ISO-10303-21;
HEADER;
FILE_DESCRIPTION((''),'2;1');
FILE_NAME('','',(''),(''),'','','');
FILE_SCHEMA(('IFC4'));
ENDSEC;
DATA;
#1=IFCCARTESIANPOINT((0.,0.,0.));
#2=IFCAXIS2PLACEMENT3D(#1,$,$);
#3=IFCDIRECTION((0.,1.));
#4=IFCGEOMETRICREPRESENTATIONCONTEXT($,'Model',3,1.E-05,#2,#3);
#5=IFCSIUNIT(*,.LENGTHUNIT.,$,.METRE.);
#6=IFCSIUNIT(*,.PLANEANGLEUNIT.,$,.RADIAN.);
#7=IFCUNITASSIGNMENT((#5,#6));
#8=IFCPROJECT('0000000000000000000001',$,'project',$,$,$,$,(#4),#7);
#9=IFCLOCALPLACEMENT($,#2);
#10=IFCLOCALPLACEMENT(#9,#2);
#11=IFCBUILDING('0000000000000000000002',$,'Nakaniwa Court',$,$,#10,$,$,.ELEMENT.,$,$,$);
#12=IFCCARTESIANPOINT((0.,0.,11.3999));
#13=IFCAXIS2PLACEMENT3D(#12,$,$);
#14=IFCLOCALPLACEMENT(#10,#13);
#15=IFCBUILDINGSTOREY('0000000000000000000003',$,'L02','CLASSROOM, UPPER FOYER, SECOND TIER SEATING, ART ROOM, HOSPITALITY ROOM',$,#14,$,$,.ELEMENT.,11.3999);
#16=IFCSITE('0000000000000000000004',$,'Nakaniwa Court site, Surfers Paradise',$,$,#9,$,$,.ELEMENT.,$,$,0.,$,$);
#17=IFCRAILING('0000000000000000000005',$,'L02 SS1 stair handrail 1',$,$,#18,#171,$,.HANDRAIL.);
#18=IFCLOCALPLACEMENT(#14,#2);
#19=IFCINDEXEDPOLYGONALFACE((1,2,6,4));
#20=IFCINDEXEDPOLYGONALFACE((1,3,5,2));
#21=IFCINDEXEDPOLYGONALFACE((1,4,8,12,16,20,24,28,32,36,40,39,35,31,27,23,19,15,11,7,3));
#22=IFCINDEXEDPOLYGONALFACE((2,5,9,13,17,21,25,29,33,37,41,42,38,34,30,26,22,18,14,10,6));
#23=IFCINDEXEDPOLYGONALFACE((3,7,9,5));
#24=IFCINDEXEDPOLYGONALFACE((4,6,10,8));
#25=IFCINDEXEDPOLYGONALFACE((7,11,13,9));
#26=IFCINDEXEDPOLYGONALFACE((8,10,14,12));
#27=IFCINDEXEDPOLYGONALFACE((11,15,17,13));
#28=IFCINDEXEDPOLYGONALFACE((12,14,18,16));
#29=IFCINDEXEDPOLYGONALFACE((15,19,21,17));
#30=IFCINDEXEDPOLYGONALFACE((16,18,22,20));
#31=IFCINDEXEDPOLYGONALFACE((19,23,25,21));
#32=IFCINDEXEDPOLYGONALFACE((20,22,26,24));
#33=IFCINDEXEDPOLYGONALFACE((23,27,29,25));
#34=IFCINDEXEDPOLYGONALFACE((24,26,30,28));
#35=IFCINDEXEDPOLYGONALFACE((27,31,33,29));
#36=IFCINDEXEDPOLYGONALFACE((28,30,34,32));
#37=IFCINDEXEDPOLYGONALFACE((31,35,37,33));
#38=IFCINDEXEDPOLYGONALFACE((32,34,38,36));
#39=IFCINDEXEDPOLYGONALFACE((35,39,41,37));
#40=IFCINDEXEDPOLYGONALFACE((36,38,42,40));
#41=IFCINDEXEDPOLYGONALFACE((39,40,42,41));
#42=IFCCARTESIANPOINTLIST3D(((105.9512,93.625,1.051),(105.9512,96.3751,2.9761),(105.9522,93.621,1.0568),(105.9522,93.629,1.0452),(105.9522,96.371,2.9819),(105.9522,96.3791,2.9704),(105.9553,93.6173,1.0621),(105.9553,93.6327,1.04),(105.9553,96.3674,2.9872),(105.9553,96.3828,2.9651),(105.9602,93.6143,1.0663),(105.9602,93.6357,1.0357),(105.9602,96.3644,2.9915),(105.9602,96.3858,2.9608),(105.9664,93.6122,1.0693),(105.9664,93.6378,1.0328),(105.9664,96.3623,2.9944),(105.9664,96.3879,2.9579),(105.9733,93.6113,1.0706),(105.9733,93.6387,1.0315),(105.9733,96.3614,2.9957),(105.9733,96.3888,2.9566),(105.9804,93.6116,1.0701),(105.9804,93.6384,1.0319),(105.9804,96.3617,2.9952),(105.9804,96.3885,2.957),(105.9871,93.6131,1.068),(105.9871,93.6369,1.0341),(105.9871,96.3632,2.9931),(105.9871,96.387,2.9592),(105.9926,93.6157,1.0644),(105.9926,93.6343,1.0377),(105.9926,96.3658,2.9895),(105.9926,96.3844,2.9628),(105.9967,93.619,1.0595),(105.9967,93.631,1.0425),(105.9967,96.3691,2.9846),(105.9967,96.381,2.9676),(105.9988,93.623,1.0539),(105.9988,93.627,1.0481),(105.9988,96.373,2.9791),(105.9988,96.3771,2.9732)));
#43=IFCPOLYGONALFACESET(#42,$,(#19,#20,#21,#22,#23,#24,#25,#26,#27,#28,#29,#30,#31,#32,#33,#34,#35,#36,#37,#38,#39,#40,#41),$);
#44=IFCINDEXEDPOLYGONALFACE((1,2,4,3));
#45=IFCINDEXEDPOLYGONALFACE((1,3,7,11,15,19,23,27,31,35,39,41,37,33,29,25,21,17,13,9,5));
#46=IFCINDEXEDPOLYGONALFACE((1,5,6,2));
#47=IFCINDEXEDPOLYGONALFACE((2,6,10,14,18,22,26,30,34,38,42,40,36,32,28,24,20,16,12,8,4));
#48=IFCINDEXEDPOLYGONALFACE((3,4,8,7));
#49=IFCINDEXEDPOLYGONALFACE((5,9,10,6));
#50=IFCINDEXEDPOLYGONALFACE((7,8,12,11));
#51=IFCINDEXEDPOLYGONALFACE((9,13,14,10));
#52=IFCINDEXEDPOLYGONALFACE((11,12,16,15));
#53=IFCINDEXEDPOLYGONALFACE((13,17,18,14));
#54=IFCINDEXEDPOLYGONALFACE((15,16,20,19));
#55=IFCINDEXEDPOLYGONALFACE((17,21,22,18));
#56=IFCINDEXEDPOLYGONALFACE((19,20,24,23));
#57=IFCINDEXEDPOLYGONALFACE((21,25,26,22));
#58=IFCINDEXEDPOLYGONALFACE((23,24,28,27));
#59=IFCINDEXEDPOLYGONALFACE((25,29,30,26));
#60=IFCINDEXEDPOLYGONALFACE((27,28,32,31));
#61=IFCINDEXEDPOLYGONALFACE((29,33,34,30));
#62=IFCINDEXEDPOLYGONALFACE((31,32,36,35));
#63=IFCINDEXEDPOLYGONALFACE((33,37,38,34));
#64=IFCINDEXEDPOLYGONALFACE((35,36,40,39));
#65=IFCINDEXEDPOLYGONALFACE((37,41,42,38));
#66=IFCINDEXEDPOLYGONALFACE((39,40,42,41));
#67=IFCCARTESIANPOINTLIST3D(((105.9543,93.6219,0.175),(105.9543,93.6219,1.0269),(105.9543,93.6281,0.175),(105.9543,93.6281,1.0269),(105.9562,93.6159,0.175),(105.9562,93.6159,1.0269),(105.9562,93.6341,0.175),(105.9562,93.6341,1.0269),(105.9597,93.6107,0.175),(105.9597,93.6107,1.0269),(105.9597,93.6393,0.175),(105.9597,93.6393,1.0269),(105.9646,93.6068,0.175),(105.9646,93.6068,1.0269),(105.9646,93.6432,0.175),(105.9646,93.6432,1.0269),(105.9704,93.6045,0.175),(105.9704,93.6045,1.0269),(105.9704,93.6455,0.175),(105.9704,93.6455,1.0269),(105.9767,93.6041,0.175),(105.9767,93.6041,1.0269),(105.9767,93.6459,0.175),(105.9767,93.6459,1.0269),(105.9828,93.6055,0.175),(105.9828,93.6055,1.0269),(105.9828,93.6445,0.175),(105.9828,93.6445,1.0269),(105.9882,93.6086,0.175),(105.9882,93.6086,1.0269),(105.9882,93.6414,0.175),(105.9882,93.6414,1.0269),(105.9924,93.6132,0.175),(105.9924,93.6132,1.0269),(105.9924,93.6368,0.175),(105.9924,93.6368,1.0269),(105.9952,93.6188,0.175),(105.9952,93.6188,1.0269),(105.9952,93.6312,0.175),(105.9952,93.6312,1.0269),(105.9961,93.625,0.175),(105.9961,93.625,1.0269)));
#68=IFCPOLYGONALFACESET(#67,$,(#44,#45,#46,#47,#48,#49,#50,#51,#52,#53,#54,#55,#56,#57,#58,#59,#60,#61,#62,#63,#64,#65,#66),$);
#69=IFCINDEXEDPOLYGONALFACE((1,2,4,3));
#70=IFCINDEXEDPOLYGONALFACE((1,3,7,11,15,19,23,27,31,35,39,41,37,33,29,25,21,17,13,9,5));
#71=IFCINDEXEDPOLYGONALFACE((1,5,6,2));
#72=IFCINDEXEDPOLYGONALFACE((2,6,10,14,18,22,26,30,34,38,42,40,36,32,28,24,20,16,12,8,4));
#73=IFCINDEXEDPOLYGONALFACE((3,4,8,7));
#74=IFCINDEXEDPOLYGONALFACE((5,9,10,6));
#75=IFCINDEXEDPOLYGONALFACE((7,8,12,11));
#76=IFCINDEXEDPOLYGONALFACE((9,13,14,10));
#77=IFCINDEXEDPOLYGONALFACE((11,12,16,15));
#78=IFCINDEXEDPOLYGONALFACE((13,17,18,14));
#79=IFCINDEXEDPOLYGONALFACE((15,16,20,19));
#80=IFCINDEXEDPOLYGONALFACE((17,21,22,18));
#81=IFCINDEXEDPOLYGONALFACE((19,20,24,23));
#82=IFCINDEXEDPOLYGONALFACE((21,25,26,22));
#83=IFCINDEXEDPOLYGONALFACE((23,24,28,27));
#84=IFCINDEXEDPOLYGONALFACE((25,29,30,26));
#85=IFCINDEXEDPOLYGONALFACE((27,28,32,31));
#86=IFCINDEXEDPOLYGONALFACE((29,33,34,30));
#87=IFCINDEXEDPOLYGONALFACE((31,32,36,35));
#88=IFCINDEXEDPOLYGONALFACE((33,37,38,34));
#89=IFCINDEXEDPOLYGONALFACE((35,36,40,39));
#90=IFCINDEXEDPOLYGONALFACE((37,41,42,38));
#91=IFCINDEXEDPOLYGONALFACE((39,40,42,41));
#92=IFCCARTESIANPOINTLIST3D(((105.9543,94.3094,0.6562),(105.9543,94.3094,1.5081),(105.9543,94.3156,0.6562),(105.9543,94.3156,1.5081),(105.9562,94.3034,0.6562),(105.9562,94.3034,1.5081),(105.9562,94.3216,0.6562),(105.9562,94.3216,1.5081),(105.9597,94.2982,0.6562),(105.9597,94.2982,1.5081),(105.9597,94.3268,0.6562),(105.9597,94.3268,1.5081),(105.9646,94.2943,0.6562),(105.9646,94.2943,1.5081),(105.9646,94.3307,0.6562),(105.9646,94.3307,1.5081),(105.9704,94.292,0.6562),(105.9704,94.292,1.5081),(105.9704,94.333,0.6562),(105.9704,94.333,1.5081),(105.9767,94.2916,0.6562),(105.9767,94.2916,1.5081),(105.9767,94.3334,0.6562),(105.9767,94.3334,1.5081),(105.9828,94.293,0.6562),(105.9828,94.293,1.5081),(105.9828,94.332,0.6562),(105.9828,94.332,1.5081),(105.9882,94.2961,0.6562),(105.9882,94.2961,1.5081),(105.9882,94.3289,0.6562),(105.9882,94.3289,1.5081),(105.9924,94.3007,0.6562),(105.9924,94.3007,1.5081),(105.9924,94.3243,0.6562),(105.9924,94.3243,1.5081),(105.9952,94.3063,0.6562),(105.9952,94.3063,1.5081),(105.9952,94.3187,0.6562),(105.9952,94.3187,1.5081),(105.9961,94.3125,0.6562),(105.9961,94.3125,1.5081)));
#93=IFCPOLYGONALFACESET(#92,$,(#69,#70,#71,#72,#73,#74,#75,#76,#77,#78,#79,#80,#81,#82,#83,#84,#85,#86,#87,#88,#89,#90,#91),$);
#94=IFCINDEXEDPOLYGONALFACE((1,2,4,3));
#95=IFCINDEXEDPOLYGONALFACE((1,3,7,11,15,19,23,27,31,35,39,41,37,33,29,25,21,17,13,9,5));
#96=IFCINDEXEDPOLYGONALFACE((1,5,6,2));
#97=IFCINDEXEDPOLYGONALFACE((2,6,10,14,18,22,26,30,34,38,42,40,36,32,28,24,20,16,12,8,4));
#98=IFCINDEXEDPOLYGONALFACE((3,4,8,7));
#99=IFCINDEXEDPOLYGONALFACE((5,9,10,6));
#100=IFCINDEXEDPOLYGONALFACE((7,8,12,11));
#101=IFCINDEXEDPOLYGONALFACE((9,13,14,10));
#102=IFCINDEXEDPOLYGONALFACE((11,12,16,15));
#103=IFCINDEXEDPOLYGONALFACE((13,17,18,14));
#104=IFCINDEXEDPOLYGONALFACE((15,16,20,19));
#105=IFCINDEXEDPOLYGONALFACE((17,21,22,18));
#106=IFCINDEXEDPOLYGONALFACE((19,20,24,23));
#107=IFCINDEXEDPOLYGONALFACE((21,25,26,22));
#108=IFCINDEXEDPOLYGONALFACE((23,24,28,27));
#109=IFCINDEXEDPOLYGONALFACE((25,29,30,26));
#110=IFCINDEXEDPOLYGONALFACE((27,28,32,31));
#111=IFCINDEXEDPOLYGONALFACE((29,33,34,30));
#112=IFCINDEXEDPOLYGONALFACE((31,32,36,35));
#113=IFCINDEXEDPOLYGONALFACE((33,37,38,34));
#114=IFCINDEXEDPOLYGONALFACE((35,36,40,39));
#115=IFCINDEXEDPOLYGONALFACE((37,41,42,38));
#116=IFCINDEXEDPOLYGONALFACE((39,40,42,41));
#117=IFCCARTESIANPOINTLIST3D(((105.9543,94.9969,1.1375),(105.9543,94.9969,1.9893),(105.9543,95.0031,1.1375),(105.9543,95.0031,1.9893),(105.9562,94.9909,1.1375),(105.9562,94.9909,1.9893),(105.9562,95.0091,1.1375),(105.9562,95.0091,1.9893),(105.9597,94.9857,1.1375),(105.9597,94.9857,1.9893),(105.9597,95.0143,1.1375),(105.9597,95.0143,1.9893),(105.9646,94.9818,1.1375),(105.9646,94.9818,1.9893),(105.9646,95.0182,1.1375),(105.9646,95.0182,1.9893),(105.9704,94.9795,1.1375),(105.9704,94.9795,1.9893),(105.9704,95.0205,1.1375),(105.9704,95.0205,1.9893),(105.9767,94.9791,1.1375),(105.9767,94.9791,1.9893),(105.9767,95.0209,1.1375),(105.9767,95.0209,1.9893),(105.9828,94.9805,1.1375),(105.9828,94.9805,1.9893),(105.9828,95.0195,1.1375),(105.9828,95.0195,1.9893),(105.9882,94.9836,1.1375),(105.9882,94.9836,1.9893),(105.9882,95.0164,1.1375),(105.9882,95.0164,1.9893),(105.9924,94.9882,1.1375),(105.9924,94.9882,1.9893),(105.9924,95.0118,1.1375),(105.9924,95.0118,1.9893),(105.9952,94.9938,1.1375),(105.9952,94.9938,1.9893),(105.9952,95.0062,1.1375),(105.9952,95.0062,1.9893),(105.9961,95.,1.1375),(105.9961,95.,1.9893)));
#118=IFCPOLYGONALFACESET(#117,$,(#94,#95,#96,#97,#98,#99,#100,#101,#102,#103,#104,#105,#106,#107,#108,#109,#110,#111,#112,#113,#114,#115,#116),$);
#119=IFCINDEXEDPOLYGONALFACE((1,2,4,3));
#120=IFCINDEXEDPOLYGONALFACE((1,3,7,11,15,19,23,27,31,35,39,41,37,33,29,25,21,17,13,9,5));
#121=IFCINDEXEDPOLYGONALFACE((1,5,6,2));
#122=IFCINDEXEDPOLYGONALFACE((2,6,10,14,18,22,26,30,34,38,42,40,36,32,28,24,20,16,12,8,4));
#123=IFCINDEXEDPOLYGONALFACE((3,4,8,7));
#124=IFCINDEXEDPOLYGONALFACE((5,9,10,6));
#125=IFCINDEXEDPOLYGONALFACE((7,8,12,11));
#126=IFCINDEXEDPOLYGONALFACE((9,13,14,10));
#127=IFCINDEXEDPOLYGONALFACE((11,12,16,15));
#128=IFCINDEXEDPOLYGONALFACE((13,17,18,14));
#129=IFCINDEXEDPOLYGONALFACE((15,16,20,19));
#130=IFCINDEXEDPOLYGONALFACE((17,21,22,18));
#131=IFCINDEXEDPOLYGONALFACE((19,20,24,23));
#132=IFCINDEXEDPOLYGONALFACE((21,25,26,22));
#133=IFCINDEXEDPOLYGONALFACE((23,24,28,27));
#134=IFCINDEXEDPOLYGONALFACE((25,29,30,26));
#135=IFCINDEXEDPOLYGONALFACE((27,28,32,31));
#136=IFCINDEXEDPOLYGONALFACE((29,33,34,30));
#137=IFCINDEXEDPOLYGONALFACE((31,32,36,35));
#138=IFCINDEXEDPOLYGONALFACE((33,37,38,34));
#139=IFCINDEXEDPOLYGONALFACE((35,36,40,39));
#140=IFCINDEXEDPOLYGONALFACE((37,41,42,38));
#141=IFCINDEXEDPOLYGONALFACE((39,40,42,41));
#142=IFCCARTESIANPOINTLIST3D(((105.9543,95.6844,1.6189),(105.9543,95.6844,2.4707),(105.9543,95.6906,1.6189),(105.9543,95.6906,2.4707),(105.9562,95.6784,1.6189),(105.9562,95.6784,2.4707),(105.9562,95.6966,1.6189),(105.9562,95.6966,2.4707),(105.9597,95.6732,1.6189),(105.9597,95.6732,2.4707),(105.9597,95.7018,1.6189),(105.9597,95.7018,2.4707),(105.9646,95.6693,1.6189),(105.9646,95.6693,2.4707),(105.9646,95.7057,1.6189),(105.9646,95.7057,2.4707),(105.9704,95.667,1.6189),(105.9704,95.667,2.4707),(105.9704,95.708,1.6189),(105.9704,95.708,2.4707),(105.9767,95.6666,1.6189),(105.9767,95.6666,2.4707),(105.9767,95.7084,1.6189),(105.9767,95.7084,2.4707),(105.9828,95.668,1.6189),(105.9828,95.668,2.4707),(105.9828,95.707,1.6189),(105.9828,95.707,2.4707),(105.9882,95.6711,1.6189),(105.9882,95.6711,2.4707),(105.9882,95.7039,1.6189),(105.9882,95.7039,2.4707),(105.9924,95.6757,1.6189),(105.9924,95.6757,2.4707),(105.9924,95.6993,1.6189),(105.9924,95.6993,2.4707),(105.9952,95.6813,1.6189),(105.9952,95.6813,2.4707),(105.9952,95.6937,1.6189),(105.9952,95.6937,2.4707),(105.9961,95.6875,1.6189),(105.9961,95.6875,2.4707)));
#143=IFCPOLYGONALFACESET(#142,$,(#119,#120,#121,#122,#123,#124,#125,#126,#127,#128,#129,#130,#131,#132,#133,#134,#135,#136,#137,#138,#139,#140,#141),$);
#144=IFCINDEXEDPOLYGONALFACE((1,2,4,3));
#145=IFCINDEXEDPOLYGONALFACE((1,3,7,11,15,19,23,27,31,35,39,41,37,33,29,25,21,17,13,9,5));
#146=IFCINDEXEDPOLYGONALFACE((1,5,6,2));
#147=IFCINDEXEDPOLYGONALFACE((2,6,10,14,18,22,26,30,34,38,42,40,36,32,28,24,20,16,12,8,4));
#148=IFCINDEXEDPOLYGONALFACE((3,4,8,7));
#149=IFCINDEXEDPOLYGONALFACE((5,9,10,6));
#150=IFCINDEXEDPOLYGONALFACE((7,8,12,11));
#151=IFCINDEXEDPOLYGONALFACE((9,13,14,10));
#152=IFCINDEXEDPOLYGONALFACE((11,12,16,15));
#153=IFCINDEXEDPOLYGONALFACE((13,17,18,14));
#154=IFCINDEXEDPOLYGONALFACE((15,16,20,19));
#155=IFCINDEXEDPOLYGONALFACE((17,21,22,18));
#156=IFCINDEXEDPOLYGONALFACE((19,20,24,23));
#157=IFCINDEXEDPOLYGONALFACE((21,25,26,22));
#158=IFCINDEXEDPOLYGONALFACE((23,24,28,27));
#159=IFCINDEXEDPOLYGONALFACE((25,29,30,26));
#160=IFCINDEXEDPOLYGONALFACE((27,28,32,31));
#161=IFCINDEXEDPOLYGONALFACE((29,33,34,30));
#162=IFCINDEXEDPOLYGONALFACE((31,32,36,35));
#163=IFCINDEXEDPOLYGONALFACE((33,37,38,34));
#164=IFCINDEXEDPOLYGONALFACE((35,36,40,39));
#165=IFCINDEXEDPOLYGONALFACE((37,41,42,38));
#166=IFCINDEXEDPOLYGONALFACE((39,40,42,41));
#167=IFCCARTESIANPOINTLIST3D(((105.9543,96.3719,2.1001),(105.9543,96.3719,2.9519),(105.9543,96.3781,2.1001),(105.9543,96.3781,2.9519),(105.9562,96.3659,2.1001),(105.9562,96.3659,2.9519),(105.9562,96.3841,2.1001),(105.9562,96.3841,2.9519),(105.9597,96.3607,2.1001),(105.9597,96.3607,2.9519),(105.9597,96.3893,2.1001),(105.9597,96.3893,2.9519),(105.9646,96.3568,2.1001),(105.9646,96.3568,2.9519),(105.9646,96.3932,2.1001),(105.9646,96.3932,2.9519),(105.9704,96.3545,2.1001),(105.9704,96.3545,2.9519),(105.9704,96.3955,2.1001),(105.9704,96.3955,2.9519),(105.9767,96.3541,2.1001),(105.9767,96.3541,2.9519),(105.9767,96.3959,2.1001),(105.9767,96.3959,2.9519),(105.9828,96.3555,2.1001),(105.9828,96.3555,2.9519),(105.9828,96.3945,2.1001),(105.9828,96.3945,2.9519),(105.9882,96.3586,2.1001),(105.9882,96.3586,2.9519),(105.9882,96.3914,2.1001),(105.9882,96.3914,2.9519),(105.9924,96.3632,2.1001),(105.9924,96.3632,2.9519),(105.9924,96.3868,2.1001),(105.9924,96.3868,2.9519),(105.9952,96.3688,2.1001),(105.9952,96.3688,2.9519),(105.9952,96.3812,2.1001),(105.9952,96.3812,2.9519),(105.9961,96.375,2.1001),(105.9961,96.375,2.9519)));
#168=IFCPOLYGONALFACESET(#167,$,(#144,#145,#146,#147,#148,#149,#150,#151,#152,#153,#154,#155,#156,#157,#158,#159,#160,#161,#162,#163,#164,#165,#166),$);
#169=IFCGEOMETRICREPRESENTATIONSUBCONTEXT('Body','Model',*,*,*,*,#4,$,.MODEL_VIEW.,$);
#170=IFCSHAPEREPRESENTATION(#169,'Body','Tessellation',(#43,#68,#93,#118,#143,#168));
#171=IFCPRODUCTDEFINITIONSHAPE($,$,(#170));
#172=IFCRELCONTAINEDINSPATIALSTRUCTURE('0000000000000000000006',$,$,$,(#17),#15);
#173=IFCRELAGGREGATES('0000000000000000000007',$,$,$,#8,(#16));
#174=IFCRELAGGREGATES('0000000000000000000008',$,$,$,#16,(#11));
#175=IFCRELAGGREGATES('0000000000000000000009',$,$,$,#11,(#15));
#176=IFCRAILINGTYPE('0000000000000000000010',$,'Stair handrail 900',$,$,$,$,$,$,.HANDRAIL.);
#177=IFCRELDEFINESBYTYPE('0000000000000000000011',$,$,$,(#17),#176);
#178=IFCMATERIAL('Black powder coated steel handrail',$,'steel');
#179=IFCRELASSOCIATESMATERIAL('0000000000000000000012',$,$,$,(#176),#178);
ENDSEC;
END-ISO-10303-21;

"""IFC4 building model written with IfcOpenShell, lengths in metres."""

from ifc_helpers import new_model, si_unit, direction, frame, origin, origin_2d, place, context, subcontext, project, spatial, circle, extrude, material, type_object, element, save


model = new_model("IFC4")

# Units and contexts
model_context = context("Model", 3, precision=1e-05, world=origin(), true_north=direction((0.0, 1.0)))
body_context = subcontext(model_context, "Body", "Model", "MODEL_VIEW")
ifc_project = project(units=[si_unit("LENGTHUNIT", "METRE"), si_unit("PLANEANGLEUNIT", "RADIAN")], contexts=[model_context])

# Site, building, storey
site_placement = place(None, origin())
site = spatial("IfcSite", under=ifc_project, at=site_placement, Name="Nakaniwa Court site, Surfers Paradise", CompositionType="ELEMENT", RefElevation=0.0)
building_placement = place(site_placement, origin())
building = spatial("IfcBuilding", under=site, at=building_placement, Name="Nakaniwa Court", CompositionType="ELEMENT")
storey_placement = place(building_placement, frame((0.0, 0.0, 11.3999)))
storey = spatial("IfcBuildingStorey", under=building, at=storey_placement, Name="L02", Description="CLASSROOM, UPPER FOYER, SECOND TIER SEATING, ART ROOM, HOSPITALITY ROOM", CompositionType="ELEMENT", Elevation=11.3999)

# Railing
ifc_material_1 = material(Name="Black powder coated steel handrail", Category="steel")
railing_type_1 = type_object("IfcRailingType", Name="Stair handrail 900", PredefinedType="HANDRAIL", material=ifc_material_1)
railing_1_placement = place(storey_placement, frame((105.9751, 93.625, 0.175)))
element("IfcRailing", 1, at=railing_1_placement, inside=storey, type_object=railing_type_1, Name="L02 SS1 stair handrail 1", PredefinedType="HANDRAIL", context=body_context, shape_type="SweptSolid", body=[
    extrude(circle(Radius=0.0239, at=origin_2d()), frame((0.0, 0.0, 0.876), z_axis=(0.0, 0.819225, 0.573472), x_axis=(-1.0, 0.0, 0.0)), (0.0, 0.0, 1.0), 3.3569),
    extrude(circle(Radius=0.021, at=origin_2d()), origin(), (0.0, 0.0, 1.0), 0.8518),
    extrude(circle(Radius=0.021, at=origin_2d()), frame((0.0, 0.6875, 0.4812)), (0.0, 0.0, 1.0), 0.8518),
    extrude(circle(Radius=0.021, at=origin_2d()), frame((0.0, 1.375, 0.9624)), (0.0, 0.0, 1.0), 0.8518),
    extrude(circle(Radius=0.021, at=origin_2d()), frame((0.0, 2.0625, 1.4438)), (0.0, 0.0, 1.0), 0.8518),
    extrude(circle(Radius=0.021, at=origin_2d()), frame((0.0, 2.75, 1.925)), (0.0, 0.0, 1.0), 0.8518),
])

save(model, "model.ifc")
